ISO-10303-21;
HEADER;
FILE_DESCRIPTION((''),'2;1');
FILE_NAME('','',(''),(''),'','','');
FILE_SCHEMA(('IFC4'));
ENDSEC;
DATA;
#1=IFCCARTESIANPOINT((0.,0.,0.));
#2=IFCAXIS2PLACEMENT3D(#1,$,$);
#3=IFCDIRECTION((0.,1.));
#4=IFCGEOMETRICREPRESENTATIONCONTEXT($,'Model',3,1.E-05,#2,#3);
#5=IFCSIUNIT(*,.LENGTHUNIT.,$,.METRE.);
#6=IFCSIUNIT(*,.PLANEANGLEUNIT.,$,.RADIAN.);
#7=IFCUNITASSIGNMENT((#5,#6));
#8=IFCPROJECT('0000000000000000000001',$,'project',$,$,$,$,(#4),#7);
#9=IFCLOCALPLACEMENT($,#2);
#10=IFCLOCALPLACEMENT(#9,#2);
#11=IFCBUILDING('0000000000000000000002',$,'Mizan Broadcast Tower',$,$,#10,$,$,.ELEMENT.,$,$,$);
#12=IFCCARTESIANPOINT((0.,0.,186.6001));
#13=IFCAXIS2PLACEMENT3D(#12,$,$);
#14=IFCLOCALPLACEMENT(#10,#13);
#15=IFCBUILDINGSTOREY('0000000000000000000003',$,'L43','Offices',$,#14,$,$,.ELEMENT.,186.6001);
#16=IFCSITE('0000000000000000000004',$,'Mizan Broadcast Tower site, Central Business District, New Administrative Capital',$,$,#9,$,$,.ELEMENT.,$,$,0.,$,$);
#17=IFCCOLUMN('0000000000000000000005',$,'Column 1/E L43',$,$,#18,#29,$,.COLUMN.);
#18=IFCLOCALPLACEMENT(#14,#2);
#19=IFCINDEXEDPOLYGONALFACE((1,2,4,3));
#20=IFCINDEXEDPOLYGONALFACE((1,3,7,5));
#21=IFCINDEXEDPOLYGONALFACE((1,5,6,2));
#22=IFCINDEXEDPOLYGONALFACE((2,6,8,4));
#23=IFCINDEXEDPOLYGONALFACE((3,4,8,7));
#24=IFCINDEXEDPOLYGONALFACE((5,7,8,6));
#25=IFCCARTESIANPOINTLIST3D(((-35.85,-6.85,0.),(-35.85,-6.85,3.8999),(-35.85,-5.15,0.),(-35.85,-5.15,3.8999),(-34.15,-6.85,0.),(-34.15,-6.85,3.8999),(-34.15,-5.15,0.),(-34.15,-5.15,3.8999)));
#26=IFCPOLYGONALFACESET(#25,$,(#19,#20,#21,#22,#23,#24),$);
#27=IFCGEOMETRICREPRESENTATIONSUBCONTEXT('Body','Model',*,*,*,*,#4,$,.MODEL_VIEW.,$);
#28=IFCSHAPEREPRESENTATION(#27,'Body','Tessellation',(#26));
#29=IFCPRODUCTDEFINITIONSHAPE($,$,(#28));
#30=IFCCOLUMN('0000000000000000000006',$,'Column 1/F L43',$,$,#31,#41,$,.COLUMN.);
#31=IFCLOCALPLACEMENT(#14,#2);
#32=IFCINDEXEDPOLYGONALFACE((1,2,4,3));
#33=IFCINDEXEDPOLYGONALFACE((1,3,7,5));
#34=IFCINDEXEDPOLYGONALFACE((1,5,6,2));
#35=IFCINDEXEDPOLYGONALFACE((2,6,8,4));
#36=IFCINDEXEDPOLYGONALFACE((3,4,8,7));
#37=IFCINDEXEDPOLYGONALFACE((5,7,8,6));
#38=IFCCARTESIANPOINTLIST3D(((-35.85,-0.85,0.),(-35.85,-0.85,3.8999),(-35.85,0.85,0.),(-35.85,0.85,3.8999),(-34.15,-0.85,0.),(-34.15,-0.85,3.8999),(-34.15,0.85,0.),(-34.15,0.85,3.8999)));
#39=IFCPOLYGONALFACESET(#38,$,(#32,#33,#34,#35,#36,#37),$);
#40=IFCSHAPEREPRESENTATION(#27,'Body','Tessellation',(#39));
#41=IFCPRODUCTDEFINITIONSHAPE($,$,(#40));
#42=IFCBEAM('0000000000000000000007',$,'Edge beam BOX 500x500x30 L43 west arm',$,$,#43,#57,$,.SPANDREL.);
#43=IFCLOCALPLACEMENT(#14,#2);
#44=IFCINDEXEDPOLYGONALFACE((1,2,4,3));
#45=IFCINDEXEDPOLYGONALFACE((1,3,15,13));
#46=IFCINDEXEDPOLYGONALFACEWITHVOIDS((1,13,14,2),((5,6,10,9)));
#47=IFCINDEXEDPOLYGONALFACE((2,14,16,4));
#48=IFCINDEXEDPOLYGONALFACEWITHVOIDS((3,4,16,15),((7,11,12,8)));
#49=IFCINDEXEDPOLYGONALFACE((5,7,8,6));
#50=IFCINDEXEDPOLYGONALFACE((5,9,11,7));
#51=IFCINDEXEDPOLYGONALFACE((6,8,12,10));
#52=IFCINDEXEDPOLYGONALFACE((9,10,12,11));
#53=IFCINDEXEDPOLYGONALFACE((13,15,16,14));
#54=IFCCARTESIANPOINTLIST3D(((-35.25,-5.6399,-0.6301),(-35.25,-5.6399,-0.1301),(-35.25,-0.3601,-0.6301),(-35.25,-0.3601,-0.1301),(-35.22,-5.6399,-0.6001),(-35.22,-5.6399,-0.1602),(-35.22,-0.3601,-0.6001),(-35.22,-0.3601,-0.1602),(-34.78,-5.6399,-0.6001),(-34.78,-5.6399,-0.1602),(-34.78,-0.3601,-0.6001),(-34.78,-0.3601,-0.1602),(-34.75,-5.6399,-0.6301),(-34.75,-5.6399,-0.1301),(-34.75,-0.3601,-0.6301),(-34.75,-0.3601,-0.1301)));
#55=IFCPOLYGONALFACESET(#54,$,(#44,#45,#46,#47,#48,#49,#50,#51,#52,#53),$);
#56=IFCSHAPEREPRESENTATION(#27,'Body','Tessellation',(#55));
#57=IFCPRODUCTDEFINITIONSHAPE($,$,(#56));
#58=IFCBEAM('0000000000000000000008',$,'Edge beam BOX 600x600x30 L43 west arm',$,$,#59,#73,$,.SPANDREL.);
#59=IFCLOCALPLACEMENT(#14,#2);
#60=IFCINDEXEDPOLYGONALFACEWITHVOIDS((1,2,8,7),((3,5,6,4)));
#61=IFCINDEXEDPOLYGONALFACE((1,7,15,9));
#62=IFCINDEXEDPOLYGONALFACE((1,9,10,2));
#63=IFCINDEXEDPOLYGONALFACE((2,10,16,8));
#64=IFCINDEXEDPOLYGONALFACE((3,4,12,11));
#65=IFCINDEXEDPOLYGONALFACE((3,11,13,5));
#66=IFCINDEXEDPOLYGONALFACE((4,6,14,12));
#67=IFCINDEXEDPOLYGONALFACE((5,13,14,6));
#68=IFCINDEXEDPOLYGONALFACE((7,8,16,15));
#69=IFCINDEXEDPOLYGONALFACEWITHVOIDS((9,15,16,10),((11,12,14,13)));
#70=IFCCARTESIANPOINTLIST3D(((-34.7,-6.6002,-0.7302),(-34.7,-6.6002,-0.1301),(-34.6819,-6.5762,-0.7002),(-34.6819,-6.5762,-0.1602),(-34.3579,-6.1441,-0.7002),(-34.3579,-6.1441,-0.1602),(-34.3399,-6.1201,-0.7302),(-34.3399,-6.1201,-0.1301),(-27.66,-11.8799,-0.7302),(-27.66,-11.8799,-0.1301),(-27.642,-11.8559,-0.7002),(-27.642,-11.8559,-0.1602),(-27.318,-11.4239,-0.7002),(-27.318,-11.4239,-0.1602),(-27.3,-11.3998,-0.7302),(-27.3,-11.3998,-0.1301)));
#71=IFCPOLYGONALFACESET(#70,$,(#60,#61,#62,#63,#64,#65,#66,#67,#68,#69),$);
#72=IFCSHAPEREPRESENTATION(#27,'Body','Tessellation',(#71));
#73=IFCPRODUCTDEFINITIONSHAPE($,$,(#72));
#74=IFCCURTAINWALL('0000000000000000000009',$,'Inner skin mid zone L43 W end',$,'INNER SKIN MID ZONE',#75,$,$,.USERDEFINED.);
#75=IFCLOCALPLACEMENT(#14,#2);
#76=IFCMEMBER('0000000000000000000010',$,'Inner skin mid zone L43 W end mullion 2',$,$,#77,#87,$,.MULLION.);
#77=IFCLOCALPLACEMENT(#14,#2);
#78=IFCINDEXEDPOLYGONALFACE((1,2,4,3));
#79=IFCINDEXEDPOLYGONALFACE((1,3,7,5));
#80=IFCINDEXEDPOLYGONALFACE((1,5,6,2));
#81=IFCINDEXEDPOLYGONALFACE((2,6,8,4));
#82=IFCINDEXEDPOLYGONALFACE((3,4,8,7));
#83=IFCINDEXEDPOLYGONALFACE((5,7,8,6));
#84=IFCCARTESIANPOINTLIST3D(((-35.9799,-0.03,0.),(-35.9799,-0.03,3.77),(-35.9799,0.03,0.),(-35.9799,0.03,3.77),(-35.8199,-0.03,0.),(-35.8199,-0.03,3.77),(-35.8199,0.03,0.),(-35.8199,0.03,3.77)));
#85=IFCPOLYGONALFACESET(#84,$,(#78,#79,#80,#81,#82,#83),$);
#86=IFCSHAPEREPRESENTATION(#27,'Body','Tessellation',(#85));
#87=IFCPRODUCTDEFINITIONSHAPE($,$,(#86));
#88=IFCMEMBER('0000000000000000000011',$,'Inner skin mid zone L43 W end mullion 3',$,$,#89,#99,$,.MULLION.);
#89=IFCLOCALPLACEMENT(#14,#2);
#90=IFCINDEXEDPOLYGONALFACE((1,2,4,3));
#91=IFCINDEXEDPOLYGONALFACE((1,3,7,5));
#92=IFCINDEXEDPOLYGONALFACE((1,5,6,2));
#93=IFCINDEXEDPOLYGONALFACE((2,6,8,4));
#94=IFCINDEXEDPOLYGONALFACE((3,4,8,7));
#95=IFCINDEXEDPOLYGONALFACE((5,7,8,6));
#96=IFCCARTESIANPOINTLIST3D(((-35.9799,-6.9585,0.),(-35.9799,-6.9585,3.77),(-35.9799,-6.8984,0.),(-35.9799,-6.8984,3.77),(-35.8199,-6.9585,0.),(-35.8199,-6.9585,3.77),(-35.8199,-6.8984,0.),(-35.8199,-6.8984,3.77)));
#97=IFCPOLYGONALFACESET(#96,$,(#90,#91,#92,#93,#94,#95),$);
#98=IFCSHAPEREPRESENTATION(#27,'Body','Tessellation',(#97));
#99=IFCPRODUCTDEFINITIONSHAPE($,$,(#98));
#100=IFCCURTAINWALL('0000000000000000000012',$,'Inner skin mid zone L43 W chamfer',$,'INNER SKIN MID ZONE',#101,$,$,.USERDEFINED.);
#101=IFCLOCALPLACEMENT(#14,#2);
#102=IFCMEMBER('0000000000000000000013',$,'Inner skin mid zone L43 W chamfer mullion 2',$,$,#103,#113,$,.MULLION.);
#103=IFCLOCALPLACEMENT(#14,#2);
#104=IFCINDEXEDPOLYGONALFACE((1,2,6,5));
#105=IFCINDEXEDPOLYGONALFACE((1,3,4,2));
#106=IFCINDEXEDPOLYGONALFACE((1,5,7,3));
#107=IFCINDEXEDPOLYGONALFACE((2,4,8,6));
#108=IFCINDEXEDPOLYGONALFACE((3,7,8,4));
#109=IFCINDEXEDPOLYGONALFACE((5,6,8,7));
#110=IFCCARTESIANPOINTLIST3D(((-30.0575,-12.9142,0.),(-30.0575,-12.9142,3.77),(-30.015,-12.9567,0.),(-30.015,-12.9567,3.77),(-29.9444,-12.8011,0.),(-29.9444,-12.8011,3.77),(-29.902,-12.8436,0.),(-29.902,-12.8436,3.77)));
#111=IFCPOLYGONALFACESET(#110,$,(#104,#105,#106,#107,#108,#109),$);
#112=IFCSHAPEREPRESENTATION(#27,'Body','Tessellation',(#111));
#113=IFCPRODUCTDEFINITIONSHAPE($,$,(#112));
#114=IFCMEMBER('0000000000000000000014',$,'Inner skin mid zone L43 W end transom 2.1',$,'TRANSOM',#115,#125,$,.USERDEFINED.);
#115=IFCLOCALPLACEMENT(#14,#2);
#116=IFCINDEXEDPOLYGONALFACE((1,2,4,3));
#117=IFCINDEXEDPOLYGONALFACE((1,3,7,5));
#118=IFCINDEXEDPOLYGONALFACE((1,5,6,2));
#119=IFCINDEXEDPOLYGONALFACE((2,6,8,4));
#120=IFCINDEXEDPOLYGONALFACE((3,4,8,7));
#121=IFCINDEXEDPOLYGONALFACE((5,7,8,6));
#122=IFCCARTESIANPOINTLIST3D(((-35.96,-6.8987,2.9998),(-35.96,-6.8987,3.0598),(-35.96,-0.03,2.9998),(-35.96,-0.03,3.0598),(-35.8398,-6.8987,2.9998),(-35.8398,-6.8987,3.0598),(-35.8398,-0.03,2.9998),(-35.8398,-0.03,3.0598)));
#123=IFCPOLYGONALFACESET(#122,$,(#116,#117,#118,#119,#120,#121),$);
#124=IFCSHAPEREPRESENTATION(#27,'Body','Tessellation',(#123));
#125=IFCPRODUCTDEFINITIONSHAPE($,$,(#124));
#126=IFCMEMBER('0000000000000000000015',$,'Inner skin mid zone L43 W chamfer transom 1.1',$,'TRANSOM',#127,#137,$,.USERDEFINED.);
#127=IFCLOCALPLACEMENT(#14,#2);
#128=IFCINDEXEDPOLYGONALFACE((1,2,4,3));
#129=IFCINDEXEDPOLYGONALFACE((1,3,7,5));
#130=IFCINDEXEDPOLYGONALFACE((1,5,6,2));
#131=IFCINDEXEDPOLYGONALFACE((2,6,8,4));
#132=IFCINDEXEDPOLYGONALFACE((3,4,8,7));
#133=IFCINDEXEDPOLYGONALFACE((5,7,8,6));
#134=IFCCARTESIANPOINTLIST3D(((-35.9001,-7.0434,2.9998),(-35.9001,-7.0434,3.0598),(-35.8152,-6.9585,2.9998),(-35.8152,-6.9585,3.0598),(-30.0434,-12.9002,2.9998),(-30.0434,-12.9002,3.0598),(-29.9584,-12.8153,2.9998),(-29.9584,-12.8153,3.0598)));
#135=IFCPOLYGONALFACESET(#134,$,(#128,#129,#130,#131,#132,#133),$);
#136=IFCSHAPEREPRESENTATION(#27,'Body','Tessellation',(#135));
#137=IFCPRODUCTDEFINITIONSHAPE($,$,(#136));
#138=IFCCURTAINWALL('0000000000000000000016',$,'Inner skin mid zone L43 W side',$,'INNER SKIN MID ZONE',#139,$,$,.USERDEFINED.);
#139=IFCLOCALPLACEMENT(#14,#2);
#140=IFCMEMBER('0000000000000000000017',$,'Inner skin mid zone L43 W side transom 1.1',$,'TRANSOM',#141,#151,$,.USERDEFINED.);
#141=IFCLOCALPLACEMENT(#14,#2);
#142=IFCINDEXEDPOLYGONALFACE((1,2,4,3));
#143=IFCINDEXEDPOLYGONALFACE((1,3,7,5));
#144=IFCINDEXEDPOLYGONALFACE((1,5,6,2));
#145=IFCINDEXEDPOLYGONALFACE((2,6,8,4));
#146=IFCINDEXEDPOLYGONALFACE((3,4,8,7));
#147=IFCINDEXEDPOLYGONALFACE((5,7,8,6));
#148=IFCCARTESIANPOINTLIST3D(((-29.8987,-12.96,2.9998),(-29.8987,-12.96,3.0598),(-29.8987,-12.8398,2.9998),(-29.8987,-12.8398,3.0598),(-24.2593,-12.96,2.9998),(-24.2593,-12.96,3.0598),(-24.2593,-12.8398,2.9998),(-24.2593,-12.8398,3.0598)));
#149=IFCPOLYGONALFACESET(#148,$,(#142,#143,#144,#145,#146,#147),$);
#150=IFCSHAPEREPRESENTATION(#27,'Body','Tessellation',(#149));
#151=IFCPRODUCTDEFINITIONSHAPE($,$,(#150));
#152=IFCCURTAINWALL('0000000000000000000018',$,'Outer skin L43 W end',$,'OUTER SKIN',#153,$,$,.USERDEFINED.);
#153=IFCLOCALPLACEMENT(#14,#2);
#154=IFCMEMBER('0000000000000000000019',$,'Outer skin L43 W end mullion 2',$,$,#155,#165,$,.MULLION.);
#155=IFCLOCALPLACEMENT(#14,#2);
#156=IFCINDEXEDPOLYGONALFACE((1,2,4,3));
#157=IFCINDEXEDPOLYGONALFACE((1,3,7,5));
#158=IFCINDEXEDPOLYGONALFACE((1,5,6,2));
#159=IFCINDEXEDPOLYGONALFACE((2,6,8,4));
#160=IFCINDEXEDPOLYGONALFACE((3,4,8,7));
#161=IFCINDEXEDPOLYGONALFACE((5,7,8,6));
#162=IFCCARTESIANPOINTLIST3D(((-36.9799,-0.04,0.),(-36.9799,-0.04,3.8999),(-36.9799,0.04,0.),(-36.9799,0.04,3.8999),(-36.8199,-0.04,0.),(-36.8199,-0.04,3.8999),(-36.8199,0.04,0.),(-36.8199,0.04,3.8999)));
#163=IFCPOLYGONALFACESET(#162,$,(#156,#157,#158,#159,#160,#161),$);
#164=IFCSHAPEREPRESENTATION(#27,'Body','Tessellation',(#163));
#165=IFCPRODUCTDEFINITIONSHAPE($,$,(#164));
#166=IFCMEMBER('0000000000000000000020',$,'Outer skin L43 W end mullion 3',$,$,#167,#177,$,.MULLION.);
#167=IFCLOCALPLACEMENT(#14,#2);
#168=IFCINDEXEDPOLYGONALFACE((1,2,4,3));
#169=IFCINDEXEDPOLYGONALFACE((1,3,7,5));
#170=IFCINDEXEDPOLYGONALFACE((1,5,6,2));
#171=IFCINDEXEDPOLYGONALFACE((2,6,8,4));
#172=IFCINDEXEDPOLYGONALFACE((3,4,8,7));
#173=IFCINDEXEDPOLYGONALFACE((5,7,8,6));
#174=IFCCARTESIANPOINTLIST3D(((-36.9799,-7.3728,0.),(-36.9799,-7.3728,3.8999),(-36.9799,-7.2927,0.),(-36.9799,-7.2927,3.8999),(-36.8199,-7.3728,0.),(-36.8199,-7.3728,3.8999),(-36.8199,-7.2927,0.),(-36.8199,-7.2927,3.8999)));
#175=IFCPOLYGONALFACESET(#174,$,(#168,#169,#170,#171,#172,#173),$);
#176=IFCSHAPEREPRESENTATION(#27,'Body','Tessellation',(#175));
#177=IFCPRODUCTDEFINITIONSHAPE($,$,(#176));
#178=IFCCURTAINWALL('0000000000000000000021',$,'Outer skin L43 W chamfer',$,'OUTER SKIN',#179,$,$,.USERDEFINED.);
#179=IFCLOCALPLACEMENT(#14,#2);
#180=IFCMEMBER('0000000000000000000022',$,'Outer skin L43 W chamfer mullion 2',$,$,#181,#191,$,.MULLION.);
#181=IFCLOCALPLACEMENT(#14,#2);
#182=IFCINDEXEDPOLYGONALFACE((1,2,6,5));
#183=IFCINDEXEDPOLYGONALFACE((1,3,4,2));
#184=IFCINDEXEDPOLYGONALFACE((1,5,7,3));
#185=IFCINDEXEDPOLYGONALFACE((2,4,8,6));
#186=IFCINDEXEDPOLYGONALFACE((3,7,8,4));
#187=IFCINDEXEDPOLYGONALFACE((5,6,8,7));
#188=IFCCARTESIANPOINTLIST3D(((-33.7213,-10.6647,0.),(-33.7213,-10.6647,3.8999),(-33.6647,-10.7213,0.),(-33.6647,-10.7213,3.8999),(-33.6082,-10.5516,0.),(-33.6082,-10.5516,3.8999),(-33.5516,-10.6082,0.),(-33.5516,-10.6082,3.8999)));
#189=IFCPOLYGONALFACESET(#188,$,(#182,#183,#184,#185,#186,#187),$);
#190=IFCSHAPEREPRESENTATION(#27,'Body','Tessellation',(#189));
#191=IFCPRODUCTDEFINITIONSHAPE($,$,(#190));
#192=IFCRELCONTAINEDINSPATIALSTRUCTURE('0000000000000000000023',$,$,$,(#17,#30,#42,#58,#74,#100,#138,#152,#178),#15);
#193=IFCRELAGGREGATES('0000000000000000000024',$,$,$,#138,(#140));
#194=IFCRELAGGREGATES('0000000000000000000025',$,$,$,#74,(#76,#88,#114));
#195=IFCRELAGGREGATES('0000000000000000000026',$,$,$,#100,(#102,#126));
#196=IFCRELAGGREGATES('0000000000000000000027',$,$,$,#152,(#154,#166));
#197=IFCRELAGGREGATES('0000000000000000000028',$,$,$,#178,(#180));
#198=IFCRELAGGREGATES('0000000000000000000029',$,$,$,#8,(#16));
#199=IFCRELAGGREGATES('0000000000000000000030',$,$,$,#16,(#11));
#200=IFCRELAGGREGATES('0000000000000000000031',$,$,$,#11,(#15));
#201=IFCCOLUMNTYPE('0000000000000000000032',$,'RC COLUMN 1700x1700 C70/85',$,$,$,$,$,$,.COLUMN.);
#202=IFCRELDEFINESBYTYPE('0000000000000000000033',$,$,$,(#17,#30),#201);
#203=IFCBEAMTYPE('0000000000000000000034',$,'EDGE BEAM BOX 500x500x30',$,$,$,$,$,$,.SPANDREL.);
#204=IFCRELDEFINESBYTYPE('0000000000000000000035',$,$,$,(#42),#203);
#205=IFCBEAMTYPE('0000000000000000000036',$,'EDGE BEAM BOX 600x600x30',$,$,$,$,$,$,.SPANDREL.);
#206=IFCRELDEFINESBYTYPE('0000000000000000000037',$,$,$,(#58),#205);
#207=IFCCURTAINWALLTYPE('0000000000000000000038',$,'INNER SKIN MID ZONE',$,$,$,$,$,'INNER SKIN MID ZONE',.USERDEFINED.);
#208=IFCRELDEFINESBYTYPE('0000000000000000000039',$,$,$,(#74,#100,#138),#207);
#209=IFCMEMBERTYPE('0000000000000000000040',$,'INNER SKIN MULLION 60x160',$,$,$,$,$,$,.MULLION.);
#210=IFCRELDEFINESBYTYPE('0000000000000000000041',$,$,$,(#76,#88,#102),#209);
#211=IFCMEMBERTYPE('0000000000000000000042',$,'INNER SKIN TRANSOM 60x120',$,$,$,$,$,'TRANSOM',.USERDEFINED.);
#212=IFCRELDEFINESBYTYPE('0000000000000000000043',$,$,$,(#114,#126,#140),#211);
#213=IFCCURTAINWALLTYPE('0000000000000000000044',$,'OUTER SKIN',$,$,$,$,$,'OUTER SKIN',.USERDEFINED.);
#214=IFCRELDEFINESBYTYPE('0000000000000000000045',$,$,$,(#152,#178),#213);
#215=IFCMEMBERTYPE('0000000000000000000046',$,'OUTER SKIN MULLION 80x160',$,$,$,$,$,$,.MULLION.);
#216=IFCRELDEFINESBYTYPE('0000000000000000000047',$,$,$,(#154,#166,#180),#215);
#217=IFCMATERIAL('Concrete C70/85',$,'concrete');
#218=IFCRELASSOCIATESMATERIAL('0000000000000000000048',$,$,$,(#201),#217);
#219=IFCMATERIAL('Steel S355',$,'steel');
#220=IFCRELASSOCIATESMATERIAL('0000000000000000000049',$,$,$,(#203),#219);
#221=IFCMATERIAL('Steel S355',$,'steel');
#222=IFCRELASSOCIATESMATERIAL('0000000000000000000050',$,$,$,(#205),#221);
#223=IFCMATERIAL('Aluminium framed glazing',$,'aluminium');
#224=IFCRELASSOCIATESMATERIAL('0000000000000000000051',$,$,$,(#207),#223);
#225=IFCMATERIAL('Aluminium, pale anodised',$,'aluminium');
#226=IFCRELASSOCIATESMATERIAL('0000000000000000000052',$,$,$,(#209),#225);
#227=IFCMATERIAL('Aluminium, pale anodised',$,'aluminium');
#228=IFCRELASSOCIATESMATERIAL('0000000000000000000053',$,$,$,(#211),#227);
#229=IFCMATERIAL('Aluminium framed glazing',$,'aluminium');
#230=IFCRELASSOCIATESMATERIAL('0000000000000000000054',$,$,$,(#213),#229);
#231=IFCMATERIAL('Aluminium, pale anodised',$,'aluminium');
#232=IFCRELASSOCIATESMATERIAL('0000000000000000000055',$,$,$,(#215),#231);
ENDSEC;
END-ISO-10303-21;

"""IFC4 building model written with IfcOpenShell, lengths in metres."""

from ifc_helpers import new_model, si_unit, direction, frame, origin, origin_2d, place, context, subcontext, project, spatial, rectangle, hollow_rectangle, extrude, material, material_profile, profile_set, type_object, element, aggregate, save


model = new_model("IFC4")

# Units and contexts
model_context = context("Model", 3, precision=1e-05, world=origin(), true_north=direction((0.0, 1.0)))
body_context = subcontext(model_context, "Body", "Model", "MODEL_VIEW")
ifc_project = project(units=[si_unit("LENGTHUNIT", "METRE"), si_unit("PLANEANGLEUNIT", "RADIAN")], contexts=[model_context])

# Site, building, storey
site_placement = place(None, origin())
site = spatial("IfcSite", under=ifc_project, at=site_placement, Name="Mizan Broadcast Tower site, Central Business District, New Administrative Capital", CompositionType="ELEMENT", RefElevation=0.0)
building_placement = place(site_placement, origin())
building = spatial("IfcBuilding", under=site, at=building_placement, Name="Mizan Broadcast Tower", CompositionType="ELEMENT")
storey_placement = place(building_placement, frame((0.0, 0.0, 186.6001)))
storey = spatial("IfcBuildingStorey", under=building, at=storey_placement, Name="L43", Description="Offices", CompositionType="ELEMENT", Elevation=186.6001)

# Columns
ifc_material_1 = material(Name="Concrete C70/85", Category="concrete")
ifc_material_profile_1 = material_profile(ifc_material_1, rectangle(XDim=1.7, YDim=1.7, at=origin_2d()), Name="RC 1700x1700")
ifc_profile_set_1 = profile_set([ifc_material_profile_1], Name="Concrete C70/85")
column_type = type_object("IfcColumnType", Name="RC COLUMN 1700x1700 C70/85", PredefinedType="COLUMN", material=ifc_profile_set_1)
for number, where, z_axis, x_axis, name in (
    (1, (-35.0, -6.0, 0.0), (0.0, 0.0, 1.0), (1.0, 0.0, 0.0), "Column 1/E L43"),
    (2, (-35.0, 0.0, 0.0), (0.0, 0.0, 1.0), (1.0, 0.0, 0.0), "Column 1/F L43"),
):
    element("IfcColumn", number, at=place(storey_placement, frame(where, z_axis=z_axis, x_axis=x_axis)), inside=storey, type_object=column_type, Name=name, PredefinedType="COLUMN", context=body_context, shape_type="SweptSolid", body=[
        extrude(rectangle(XDim=1.7, YDim=1.7, at=origin_2d()), origin(), (0.0, 0.0, 1.0), 3.8999),
    ])

# Beams
ifc_material_2 = material(Name="Steel S355", Category="steel")
ifc_material_profile_2 = material_profile(ifc_material_2, hollow_rectangle(XDim=0.5, YDim=0.5, WallThickness=0.03, at=origin_2d()), Name="BOX 500x500x30")
ifc_profile_set_2 = profile_set([ifc_material_profile_2], Name="Steel S355")
beam_type_1 = type_object("IfcBeamType", Name="EDGE BEAM BOX 500x500x30", PredefinedType="SPANDREL", material=ifc_profile_set_2)
beam_1_placement = place(storey_placement, frame((-35.0, -5.6399, -0.3801), z_axis=(0.0, 1.0, 0.0), x_axis=(-1.0, 0.0, 0.0)))
element("IfcBeam", 3, at=beam_1_placement, inside=storey, type_object=beam_type_1, Name="Edge beam BOX 500x500x30 L43 west arm", PredefinedType="SPANDREL", context=body_context, shape_type="SweptSolid", body=[
    extrude(hollow_rectangle(XDim=0.5, YDim=0.5, WallThickness=0.03, at=origin_2d()), origin(), (0.0, 0.0, 1.0), 5.2798),
])
ifc_material_3 = material(Name="Steel S355", Category="steel")
ifc_material_profile_3 = material_profile(ifc_material_3, hollow_rectangle(XDim=0.6001, YDim=0.6001, WallThickness=0.03, at=origin_2d()), Name="BOX 600x600x30")
ifc_profile_set_3 = profile_set([ifc_material_profile_3], Name="Steel S355")
beam_type_2 = type_object("IfcBeamType", Name="EDGE BEAM BOX 600x600x30", PredefinedType="SPANDREL", material=ifc_profile_set_3)
beam_2_placement = place(storey_placement, frame((-27.48, -11.6399, -0.4302), z_axis=(-0.800013, 0.599982, 0.0), x_axis=(-0.599982, -0.800013, 0.0)))
element("IfcBeam", 4, at=beam_2_placement, inside=storey, type_object=beam_type_2, Name="Edge beam BOX 600x600x30 L43 west arm", PredefinedType="SPANDREL", context=body_context, shape_type="SweptSolid", body=[
    extrude(hollow_rectangle(XDim=0.6001, YDim=0.6001, WallThickness=0.03, at=origin_2d()), origin(), (0.0, 0.0, 1.0), 8.7998),
])

# Curtain wall, members
ifc_material_4 = material(Name="Aluminium framed glazing", Category="aluminium")
curtain_wall_type_1 = type_object("IfcCurtainWallType", Name="INNER SKIN MID ZONE", ElementType="INNER SKIN MID ZONE", PredefinedType="USERDEFINED", material=ifc_material_4)
curtain_wall_1_placement = place(storey_placement, origin())
curtain_wall_1 = element("IfcCurtainWall", 5, at=curtain_wall_1_placement, inside=storey, type_object=curtain_wall_type_1, Name="Inner skin mid zone L43 W end", ObjectType="INNER SKIN MID ZONE", PredefinedType="USERDEFINED")
ifc_material_5 = material(Name="Aluminium, pale anodised", Category="aluminium")
ifc_material_profile_4 = material_profile(ifc_material_5, rectangle(XDim=0.1599, YDim=0.0601, at=origin_2d()), Name="MULLION 160x60")
ifc_profile_set_4 = profile_set([ifc_material_profile_4], Name="Aluminium, pale anodised")
member_type_1 = type_object("IfcMemberType", Name="INNER SKIN MULLION 60x160", PredefinedType="MULLION", material=ifc_profile_set_4)
member_1_placement = place(storey_placement, frame((-35.8999, 0.0, 0.0), z_axis=(0.0, 0.0, 1.0), x_axis=(1.0, 0.0, 0.0)))
member_1 = element("IfcMember", 6, at=member_1_placement, type_object=member_type_1, Name="Inner skin mid zone L43 W end mullion 2", PredefinedType="MULLION", context=body_context, shape_type="SweptSolid", body=[
    extrude(rectangle(XDim=0.1599, YDim=0.0601, at=origin_2d()), origin(), (0.0, 0.0, 1.0), 3.77),
])
member_2_placement = place(storey_placement, frame((-35.8999, -6.9285, 0.0), z_axis=(0.0, 0.0, 1.0), x_axis=(1.0, 0.0, 0.0)))
member_2 = element("IfcMember", 7, at=member_2_placement, type_object=member_type_1, Name="Inner skin mid zone L43 W end mullion 3", PredefinedType="MULLION", context=body_context, shape_type="SweptSolid", body=[
    extrude(rectangle(XDim=0.1599, YDim=0.0601, at=origin_2d()), origin(), (0.0, 0.0, 1.0), 3.77),
])

# Curtain wall, member
curtain_wall_2_placement = place(storey_placement, origin())
curtain_wall_2 = element("IfcCurtainWall", 8, at=curtain_wall_2_placement, inside=storey, type_object=curtain_wall_type_1, Name="Inner skin mid zone L43 W chamfer", ObjectType="INNER SKIN MID ZONE", PredefinedType="USERDEFINED")
member_3_placement = place(storey_placement, frame((-29.9797, -12.8789, 0.0), z_axis=(0.0, 0.0, 1.0), x_axis=(0.707107, 0.707107, 0.0)))
member_3 = element("IfcMember", 9, at=member_3_placement, type_object=member_type_1, Name="Inner skin mid zone L43 W chamfer mullion 2", PredefinedType="MULLION", context=body_context, shape_type="SweptSolid", body=[
    extrude(rectangle(XDim=0.1599, YDim=0.0601, at=origin_2d()), origin(), (0.0, 0.0, 1.0), 3.77),
])

# Members
ifc_material_6 = material(Name="Aluminium, pale anodised", Category="aluminium")
ifc_material_profile_5 = material_profile(ifc_material_6, rectangle(XDim=0.1201, YDim=0.0601, at=origin_2d()), Name="TRANSOM 120x60")
ifc_profile_set_5 = profile_set([ifc_material_profile_5], Name="Aluminium, pale anodised")
member_type_2 = type_object("IfcMemberType", Name="INNER SKIN TRANSOM 60x120", ElementType="TRANSOM", PredefinedType="USERDEFINED", material=ifc_profile_set_5)
member_4_placement = place(storey_placement, frame((-35.8999, -0.03, 3.0298), z_axis=(0.0, -1.0, 0.0), x_axis=(1.0, 0.0, 0.0)))
member_4 = element("IfcMember", 10, at=member_4_placement, type_object=member_type_2, Name="Inner skin mid zone L43 W end transom 2.1", ObjectType="TRANSOM", PredefinedType="USERDEFINED", context=body_context, shape_type="SweptSolid", body=[
    extrude(rectangle(XDim=0.1201, YDim=0.0601, at=origin_2d()), origin(), (0.0, 0.0, 1.0), 6.8687),
])
member_5_placement = place(storey_placement, frame((-35.8577, -7.001, 3.0298), z_axis=(0.707107, -0.707107, 0.0), x_axis=(0.707107, 0.707107, 0.0)))
member_5 = element("IfcMember", 11, at=member_5_placement, type_object=member_type_2, Name="Inner skin mid zone L43 W chamfer transom 1.1", ObjectType="TRANSOM", PredefinedType="USERDEFINED", context=body_context, shape_type="SweptSolid", body=[
    extrude(rectangle(XDim=0.1201, YDim=0.0601, at=origin_2d()), origin(), (0.0, 0.0, 1.0), 8.2827),
])

# Curtain wall, member
curtain_wall_3_placement = place(storey_placement, origin())
curtain_wall_3 = element("IfcCurtainWall", 12, at=curtain_wall_3_placement, inside=storey, type_object=curtain_wall_type_1, Name="Inner skin mid zone L43 W side", ObjectType="INNER SKIN MID ZONE", PredefinedType="USERDEFINED")
member_6_placement = place(storey_placement, frame((-29.8987, -12.8999, 3.0298), z_axis=(1.0, 0.0, 0.0), x_axis=(0.0, 1.0, 0.0)))
member_6 = element("IfcMember", 13, at=member_6_placement, type_object=member_type_2, Name="Inner skin mid zone L43 W side transom 1.1", ObjectType="TRANSOM", PredefinedType="USERDEFINED", context=body_context, shape_type="SweptSolid", body=[
    extrude(rectangle(XDim=0.1201, YDim=0.0601, at=origin_2d()), origin(), (0.0, 0.0, 1.0), 5.6394),
])
aggregate(curtain_wall_3, [member_6])

# Curtain walls, members
ifc_material_7 = material(Name="Aluminium framed glazing", Category="aluminium")
curtain_wall_type_2 = type_object("IfcCurtainWallType", Name="OUTER SKIN", ElementType="OUTER SKIN", PredefinedType="USERDEFINED", material=ifc_material_7)
curtain_wall_4_placement = place(storey_placement, origin())
curtain_wall_4 = element("IfcCurtainWall", 14, at=curtain_wall_4_placement, inside=storey, type_object=curtain_wall_type_2, Name="Outer skin L43 W end", ObjectType="OUTER SKIN", PredefinedType="USERDEFINED")
ifc_material_8 = material(Name="Aluminium, pale anodised", Category="aluminium")
ifc_material_profile_6 = material_profile(ifc_material_8, rectangle(XDim=0.1599, YDim=0.0801, at=origin_2d()), Name="MULLION 160x80")
ifc_profile_set_6 = profile_set([ifc_material_profile_6], Name="Aluminium, pale anodised")
member_type_3 = type_object("IfcMemberType", Name="OUTER SKIN MULLION 80x160", PredefinedType="MULLION", material=ifc_profile_set_6)
member_7_placement = place(storey_placement, frame((-36.8999, 0.0, 0.0), z_axis=(0.0, 0.0, 1.0), x_axis=(1.0, 0.0, 0.0)))
member_7 = element("IfcMember", 15, at=member_7_placement, type_object=member_type_3, Name="Outer skin L43 W end mullion 2", PredefinedType="MULLION", context=body_context, shape_type="SweptSolid", body=[
    extrude(rectangle(XDim=0.1599, YDim=0.0801, at=origin_2d()), origin(), (0.0, 0.0, 1.0), 3.8999),
])
member_8_placement = place(storey_placement, frame((-36.8999, -7.3328, 0.0), z_axis=(0.0, 0.0, 1.0), x_axis=(1.0, 0.0, 0.0)))
member_8 = element("IfcMember", 16, at=member_8_placement, type_object=member_type_3, Name="Outer skin L43 W end mullion 3", PredefinedType="MULLION", context=body_context, shape_type="SweptSolid", body=[
    extrude(rectangle(XDim=0.1599, YDim=0.0801, at=origin_2d()), origin(), (0.0, 0.0, 1.0), 3.8999),
])
curtain_wall_5_placement = place(storey_placement, origin())
curtain_wall_5 = element("IfcCurtainWall", 17, at=curtain_wall_5_placement, inside=storey, type_object=curtain_wall_type_2, Name="Outer skin L43 W chamfer", ObjectType="OUTER SKIN", PredefinedType="USERDEFINED")
member_9_placement = place(storey_placement, frame((-33.6365, -10.6365, 0.0), z_axis=(0.0, 0.0, 1.0), x_axis=(0.707107, 0.707107, 0.0)))
member_9 = element("IfcMember", 18, at=member_9_placement, type_object=member_type_3, Name="Outer skin L43 W chamfer mullion 2", PredefinedType="MULLION", context=body_context, shape_type="SweptSolid", body=[
    extrude(rectangle(XDim=0.1599, YDim=0.0801, at=origin_2d()), origin(), (0.0, 0.0, 1.0), 3.8999),
])

aggregate(curtain_wall_1, [member_1, member_2, member_4])
aggregate(curtain_wall_2, [member_3, member_5])
aggregate(curtain_wall_4, [member_7, member_8])
aggregate(curtain_wall_5, [member_9])

save(model, "model.ifc")
